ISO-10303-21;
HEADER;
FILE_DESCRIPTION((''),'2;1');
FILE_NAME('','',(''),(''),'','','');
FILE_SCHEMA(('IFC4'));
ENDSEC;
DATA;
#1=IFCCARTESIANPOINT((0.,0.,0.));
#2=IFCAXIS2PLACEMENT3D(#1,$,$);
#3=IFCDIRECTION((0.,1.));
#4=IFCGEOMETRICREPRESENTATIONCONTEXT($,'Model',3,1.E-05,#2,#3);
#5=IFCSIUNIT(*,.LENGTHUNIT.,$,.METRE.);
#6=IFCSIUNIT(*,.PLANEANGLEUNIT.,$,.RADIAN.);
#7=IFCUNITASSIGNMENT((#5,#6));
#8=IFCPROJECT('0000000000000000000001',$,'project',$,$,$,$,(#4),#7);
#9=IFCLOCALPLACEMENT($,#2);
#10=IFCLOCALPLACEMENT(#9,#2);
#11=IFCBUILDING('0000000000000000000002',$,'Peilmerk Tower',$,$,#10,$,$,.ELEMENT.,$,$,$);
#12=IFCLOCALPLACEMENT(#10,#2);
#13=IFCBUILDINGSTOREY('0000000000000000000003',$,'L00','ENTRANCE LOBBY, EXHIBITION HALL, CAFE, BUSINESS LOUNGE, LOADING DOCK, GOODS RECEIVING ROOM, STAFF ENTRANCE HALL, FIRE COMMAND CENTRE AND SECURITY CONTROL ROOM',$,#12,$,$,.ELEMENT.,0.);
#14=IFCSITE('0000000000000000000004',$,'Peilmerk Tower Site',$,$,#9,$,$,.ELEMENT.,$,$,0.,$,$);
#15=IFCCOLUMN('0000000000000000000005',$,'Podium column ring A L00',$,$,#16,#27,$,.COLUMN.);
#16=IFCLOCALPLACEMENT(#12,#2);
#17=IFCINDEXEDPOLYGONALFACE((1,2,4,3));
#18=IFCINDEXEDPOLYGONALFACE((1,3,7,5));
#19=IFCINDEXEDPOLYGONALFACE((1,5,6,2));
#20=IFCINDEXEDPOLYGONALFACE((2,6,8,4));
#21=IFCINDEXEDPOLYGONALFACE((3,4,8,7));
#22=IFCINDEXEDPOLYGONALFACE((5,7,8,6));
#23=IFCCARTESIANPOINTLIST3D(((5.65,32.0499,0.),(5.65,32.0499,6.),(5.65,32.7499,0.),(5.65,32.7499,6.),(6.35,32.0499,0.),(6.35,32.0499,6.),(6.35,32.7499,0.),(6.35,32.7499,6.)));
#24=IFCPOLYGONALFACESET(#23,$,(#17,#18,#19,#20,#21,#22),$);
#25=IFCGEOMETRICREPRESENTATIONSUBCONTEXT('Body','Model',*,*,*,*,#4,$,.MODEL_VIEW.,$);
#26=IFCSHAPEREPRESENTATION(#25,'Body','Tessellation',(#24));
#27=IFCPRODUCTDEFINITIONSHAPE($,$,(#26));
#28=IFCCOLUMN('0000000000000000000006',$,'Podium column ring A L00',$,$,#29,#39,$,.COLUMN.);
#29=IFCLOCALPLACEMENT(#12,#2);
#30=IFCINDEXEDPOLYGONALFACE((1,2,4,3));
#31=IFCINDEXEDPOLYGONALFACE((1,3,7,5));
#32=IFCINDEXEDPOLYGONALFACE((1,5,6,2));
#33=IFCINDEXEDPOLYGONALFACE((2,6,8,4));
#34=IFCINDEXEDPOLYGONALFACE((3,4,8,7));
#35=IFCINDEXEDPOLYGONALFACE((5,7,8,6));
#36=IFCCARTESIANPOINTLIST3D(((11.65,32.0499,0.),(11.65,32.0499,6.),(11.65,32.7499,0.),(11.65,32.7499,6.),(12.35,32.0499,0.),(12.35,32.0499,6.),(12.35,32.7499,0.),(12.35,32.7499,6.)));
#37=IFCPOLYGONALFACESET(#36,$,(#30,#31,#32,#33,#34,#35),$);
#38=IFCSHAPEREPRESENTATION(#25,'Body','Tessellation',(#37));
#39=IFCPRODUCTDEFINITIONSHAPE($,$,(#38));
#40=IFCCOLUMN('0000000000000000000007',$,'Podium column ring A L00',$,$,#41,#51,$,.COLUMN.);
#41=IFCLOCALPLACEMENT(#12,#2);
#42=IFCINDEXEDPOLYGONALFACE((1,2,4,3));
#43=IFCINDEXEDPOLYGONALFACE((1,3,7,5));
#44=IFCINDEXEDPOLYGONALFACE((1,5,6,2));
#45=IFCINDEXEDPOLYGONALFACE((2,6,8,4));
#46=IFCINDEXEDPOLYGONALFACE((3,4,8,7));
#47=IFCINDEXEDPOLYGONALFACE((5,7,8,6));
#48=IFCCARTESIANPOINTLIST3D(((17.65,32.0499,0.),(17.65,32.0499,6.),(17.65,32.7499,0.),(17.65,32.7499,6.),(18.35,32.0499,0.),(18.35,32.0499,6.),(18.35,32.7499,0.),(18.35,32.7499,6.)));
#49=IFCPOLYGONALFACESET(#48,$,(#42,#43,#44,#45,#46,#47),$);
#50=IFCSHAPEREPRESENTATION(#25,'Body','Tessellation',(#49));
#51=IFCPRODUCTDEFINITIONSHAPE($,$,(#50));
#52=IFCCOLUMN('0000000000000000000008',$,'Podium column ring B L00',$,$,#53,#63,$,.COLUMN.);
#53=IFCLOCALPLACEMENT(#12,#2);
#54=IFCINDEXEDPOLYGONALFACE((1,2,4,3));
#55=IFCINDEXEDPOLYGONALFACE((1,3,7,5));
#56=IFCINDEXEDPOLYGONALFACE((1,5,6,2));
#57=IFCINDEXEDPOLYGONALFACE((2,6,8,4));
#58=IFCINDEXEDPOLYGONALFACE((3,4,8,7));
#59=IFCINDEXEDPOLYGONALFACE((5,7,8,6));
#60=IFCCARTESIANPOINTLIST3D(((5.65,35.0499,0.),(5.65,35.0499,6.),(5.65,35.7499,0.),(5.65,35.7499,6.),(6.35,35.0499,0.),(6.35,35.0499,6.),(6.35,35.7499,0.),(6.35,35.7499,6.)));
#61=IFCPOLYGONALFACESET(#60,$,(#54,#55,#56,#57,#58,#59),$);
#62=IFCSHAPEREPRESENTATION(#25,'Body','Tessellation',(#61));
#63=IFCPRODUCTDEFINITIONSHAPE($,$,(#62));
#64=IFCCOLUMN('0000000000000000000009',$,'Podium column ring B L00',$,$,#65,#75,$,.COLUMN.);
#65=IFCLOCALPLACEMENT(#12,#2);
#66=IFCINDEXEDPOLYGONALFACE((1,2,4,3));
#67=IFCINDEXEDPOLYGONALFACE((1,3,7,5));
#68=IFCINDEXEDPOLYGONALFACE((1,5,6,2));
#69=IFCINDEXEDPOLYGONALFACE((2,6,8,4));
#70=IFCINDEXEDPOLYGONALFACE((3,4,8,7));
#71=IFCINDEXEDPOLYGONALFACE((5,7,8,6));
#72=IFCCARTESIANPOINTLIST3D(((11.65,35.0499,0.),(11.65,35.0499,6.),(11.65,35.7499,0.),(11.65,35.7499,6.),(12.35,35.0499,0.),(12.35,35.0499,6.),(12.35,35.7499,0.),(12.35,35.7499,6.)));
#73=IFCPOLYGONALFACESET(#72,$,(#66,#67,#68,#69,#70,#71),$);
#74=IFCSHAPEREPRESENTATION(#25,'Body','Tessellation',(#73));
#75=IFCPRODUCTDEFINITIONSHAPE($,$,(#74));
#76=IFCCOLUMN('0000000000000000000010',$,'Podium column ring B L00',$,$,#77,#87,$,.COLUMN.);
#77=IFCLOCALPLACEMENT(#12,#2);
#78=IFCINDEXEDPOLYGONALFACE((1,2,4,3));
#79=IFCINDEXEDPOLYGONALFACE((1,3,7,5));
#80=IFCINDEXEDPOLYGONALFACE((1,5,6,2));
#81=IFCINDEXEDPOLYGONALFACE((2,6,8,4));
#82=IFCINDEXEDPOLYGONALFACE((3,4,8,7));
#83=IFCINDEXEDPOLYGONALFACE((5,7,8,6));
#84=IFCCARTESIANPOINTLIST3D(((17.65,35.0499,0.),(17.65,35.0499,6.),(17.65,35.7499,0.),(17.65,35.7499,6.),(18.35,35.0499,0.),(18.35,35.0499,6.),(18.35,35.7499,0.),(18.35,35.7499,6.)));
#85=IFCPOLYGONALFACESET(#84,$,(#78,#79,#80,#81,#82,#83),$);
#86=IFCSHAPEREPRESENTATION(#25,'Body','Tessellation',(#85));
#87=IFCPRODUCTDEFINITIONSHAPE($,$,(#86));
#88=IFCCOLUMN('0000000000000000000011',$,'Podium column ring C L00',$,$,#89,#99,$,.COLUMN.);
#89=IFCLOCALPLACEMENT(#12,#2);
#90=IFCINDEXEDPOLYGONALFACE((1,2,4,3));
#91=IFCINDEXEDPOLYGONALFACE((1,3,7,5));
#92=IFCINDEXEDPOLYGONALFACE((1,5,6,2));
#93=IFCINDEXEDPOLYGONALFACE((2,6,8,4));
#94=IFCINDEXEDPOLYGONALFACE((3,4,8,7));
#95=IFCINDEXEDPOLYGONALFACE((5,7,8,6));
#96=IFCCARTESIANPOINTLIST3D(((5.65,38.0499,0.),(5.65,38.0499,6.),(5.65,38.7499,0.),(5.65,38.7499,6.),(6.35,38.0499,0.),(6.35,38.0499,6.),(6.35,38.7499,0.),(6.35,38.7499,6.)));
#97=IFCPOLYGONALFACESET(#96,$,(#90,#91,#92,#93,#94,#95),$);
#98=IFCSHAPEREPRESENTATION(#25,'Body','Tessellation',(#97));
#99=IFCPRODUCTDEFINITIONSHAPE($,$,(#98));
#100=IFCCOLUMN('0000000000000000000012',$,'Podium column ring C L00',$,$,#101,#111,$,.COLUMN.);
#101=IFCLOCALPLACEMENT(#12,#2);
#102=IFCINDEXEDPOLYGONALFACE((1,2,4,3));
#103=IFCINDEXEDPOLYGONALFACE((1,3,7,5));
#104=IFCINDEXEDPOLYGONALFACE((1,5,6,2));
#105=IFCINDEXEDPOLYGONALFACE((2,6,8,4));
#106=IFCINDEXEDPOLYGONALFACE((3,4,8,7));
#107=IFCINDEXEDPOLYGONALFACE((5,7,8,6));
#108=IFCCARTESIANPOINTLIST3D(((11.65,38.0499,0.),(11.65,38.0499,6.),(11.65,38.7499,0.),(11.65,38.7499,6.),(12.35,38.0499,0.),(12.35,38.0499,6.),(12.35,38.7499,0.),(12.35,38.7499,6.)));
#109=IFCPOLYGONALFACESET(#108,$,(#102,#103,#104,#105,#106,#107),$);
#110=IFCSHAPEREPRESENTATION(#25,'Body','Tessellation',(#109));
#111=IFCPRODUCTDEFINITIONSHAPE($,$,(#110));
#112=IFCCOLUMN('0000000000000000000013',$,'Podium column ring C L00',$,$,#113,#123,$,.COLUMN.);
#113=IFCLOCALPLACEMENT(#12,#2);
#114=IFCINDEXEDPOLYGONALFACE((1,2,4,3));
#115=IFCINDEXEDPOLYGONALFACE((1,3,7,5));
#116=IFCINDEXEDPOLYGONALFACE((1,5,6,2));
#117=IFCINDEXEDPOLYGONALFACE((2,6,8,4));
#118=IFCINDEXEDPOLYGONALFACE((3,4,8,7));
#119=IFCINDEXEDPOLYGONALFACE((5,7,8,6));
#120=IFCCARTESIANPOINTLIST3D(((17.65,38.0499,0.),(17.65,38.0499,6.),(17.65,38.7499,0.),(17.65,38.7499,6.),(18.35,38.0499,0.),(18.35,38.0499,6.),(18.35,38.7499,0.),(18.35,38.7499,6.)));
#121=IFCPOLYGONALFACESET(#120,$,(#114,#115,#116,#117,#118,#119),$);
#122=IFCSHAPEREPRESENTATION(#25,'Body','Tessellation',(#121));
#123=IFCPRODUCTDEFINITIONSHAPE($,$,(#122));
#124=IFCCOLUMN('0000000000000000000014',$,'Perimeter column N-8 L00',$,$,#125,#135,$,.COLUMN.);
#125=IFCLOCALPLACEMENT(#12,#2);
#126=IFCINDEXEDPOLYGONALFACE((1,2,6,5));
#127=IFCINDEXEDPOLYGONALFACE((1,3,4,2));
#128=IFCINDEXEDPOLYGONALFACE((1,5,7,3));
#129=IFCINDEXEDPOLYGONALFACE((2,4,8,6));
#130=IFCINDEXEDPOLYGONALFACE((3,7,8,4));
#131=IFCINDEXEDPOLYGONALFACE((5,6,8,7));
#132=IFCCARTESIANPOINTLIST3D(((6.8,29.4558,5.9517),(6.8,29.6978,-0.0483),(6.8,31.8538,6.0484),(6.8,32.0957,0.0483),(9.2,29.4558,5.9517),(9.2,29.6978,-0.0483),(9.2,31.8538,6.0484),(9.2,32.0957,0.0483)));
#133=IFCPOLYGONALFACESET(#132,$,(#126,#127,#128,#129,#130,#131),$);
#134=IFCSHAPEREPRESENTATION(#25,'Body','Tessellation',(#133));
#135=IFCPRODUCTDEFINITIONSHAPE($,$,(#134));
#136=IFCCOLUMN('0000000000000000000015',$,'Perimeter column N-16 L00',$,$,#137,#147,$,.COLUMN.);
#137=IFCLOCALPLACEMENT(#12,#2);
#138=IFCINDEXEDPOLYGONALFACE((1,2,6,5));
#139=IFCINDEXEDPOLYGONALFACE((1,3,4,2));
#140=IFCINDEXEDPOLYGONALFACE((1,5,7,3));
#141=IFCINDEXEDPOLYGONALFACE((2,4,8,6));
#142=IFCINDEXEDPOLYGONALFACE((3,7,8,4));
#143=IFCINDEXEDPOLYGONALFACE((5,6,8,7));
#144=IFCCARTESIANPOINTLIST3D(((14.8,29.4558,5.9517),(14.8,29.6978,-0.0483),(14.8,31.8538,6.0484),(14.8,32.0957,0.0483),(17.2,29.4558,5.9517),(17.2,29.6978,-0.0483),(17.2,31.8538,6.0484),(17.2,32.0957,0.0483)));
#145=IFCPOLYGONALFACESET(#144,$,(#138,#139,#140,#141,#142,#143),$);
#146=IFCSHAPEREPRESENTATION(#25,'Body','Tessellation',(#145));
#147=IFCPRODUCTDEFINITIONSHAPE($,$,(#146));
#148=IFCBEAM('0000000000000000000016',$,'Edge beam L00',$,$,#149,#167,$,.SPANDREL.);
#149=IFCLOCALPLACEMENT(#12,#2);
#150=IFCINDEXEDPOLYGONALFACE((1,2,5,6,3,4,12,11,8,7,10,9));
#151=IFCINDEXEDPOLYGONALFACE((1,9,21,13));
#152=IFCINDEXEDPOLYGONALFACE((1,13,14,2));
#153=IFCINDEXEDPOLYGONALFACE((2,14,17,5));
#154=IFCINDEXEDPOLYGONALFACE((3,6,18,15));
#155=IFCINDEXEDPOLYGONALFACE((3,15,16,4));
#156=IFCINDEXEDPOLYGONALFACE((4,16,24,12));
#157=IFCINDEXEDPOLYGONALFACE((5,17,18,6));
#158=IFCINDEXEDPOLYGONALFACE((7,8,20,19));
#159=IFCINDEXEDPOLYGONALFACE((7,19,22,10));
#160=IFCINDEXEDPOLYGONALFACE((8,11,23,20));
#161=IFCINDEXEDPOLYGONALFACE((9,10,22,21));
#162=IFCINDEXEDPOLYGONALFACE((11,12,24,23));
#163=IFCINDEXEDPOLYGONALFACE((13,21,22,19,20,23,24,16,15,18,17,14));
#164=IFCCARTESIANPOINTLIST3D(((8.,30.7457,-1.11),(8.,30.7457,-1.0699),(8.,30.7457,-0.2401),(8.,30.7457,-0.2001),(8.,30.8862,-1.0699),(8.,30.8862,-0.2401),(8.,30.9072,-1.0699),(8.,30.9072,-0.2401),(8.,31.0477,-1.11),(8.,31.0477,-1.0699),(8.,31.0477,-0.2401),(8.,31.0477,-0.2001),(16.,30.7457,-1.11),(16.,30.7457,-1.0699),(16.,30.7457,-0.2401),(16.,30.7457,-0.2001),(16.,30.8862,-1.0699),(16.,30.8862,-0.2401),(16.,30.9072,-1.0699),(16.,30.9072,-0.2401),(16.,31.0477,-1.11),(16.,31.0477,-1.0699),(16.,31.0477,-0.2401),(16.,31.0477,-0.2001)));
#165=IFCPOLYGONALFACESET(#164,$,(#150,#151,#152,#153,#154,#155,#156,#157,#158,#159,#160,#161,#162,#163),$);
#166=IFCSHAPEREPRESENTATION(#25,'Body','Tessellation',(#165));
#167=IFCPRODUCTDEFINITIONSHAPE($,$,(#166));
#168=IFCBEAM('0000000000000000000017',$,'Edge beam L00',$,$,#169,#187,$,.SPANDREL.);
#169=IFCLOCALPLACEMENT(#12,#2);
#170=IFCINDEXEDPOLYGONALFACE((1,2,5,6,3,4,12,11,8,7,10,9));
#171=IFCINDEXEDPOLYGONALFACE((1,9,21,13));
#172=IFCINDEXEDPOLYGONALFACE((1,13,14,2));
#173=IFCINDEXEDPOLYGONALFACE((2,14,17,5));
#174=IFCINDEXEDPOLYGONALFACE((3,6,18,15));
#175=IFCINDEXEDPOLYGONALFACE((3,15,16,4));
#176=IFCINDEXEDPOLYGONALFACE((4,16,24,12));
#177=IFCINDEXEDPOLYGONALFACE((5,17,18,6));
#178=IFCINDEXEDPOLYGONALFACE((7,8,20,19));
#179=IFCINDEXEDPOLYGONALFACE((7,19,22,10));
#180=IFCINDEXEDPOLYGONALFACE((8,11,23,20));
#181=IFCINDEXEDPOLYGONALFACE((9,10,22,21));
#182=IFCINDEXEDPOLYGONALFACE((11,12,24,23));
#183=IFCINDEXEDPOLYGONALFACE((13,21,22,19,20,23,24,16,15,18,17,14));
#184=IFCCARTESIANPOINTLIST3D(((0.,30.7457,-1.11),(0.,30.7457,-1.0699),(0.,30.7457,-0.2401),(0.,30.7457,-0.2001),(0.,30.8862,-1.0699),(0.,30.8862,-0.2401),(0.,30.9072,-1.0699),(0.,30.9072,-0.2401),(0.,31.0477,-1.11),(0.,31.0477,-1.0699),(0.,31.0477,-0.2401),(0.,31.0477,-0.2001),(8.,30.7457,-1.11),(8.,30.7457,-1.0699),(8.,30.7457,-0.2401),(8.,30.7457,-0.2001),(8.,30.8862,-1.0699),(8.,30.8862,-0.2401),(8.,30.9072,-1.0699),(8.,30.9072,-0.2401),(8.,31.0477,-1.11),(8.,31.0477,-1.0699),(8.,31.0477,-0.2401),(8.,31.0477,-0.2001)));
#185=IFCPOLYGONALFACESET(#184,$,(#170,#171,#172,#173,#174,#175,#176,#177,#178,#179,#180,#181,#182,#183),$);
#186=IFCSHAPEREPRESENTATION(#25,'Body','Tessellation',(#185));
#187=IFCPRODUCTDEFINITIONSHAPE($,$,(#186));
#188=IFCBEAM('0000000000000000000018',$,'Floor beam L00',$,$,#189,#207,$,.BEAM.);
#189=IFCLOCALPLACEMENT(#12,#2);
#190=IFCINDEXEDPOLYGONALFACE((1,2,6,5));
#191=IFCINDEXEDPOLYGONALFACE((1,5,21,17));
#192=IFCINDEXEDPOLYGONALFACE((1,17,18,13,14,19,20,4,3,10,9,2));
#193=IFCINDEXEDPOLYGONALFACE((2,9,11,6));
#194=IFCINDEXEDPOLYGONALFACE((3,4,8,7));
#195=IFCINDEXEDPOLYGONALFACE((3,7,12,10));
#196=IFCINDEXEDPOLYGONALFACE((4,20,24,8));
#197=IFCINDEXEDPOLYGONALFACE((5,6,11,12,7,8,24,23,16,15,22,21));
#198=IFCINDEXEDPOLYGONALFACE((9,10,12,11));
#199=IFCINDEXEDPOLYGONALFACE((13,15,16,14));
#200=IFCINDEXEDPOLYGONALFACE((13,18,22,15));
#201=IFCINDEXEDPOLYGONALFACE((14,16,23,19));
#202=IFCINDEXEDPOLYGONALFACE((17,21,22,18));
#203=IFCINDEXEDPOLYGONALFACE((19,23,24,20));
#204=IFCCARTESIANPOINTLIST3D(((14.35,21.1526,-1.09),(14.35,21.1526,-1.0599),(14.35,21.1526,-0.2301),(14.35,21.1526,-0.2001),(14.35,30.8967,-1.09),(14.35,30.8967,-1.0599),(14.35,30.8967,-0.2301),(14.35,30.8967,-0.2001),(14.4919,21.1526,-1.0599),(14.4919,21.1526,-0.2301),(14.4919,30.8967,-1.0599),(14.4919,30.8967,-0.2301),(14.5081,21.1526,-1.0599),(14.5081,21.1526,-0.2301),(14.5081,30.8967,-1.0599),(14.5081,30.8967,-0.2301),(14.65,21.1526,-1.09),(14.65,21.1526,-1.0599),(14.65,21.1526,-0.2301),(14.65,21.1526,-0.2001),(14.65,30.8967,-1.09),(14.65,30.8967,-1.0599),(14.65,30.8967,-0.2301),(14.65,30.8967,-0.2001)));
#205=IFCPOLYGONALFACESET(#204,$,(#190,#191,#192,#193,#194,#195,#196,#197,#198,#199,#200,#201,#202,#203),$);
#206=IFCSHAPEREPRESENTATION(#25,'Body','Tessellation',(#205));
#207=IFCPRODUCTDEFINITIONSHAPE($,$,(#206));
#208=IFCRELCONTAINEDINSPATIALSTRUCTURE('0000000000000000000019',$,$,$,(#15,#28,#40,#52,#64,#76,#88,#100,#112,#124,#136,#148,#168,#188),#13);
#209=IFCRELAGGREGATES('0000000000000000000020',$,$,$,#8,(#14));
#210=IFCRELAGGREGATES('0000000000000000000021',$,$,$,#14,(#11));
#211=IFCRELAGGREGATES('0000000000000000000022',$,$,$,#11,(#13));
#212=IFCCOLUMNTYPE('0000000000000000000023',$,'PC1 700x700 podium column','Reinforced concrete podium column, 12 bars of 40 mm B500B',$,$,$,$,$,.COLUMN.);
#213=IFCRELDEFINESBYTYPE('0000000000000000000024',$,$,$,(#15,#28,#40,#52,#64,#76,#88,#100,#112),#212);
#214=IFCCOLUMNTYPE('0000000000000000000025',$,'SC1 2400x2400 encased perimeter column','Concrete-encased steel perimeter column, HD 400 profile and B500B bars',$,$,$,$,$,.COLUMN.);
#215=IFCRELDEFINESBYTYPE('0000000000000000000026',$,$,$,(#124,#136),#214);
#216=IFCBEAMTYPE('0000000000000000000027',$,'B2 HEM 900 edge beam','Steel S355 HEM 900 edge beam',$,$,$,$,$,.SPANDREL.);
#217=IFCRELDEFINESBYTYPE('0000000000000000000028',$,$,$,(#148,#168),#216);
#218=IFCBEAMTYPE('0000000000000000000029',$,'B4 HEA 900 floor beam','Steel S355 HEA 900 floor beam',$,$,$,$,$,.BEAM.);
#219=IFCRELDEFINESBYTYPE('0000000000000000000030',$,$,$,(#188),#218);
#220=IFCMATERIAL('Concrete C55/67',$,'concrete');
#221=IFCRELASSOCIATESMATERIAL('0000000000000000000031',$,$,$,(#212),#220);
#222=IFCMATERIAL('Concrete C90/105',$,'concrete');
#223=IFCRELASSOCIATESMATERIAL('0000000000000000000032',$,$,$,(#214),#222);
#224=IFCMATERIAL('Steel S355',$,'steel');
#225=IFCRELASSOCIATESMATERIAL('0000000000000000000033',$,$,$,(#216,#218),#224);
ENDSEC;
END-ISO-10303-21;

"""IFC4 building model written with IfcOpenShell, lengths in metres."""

from ifc_helpers import new_model, si_unit, direction, frame, origin, origin_2d, place, context, subcontext, project, spatial, rectangle, i_section, extrude, material, material_profile, profile_set, type_object, element, save


model = new_model("IFC4")

# Units and contexts
model_context = context("Model", 3, precision=1e-05, world=origin(), true_north=direction((0.0, 1.0)))
body_context = subcontext(model_context, "Body", "Model", "MODEL_VIEW")
ifc_project = project(units=[si_unit("LENGTHUNIT", "METRE"), si_unit("PLANEANGLEUNIT", "RADIAN")], contexts=[model_context])

# Site, building, storey
site_placement = place(None, origin())
site = spatial("IfcSite", under=ifc_project, at=site_placement, Name="Peilmerk Tower Site", CompositionType="ELEMENT", RefElevation=0.0)
building_placement = place(site_placement, origin())
building = spatial("IfcBuilding", under=site, at=building_placement, Name="Peilmerk Tower", CompositionType="ELEMENT")
storey_placement = place(building_placement, origin())
storey = spatial("IfcBuildingStorey", under=building, at=storey_placement, Name="L00", Description="ENTRANCE LOBBY, EXHIBITION HALL, CAFE, BUSINESS LOUNGE, LOADING DOCK, GOODS RECEIVING ROOM, STAFF ENTRANCE HALL, FIRE COMMAND CENTRE AND SECURITY CONTROL ROOM", CompositionType="ELEMENT", Elevation=0.0)

# Columns
ifc_material_1 = material(Name="Concrete C55/67", Category="concrete")
ifc_material_profile_1 = material_profile(ifc_material_1, rectangle(XDim=0.7, YDim=0.7, at=origin_2d()), Name="RC 700x700")
ifc_profile_set_1 = profile_set([ifc_material_profile_1], Name="Concrete C55/67")
column_type_1 = type_object("IfcColumnType", Name="PC1 700x700 podium column", Description="Reinforced concrete podium column, 12 bars of 40 mm B500B", PredefinedType="COLUMN", material=ifc_profile_set_1)
for number, where, z_axis, x_axis, name in (
    (1, (6.0, 32.3999, 0.0), (0.0, 0.0, 1.0), (1.0, 0.0, 0.0), "Podium column ring A L00"),
    (2, (12.0, 32.3999, 0.0), (0.0, 0.0, 1.0), (1.0, 0.0, 0.0), "Podium column ring A L00"),
    (3, (18.0, 32.3999, 0.0), (0.0, 0.0, 1.0), (1.0, 0.0, 0.0), "Podium column ring A L00"),
    (4, (6.0, 35.3999, 0.0), (0.0, 0.0, 1.0), (1.0, 0.0, 0.0), "Podium column ring B L00"),
    (5, (12.0, 35.3999, 0.0), (0.0, 0.0, 1.0), (1.0, 0.0, 0.0), "Podium column ring B L00"),
    (6, (18.0, 35.3999, 0.0), (0.0, 0.0, 1.0), (1.0, 0.0, 0.0), "Podium column ring B L00"),
    (7, (6.0, 38.3999, 0.0), (0.0, 0.0, 1.0), (1.0, 0.0, 0.0), "Podium column ring C L00"),
    (8, (12.0, 38.3999, 0.0), (0.0, 0.0, 1.0), (1.0, 0.0, 0.0), "Podium column ring C L00"),
    (9, (18.0, 38.3999, 0.0), (0.0, 0.0, 1.0), (1.0, 0.0, 0.0), "Podium column ring C L00"),
):
    element("IfcColumn", number, at=place(storey_placement, frame(where, z_axis=z_axis, x_axis=x_axis)), inside=storey, type_object=column_type_1, Name=name, PredefinedType="COLUMN", context=body_context, shape_type="SweptSolid", body=[
        extrude(rectangle(XDim=0.7, YDim=0.7, at=origin_2d()), origin(), (0.0, 0.0, 1.0), 6.0),
    ])
ifc_material_2 = material(Name="Concrete C90/105", Category="concrete")
ifc_material_profile_2 = material_profile(ifc_material_2, rectangle(XDim=2.3999, YDim=2.3999, at=origin_2d()), Name="RC 2400x2400")
ifc_profile_set_2 = profile_set([ifc_material_profile_2], Name="Concrete C90/105")
column_type_2 = type_object("IfcColumnType", Name="SC1 2400x2400 encased perimeter column", Description="Concrete-encased steel perimeter column, HD 400 profile and B500B bars", PredefinedType="COLUMN", material=ifc_profile_set_2)
for number, where, z_axis, x_axis, name in (
    (10, (8.0, 30.8967, 0.0), (0.0, -0.040291, 0.999188), (1.0, 0.0, 0.0), "Perimeter column N-8 L00"),
    (11, (16.0, 30.8967, 0.0), (0.0, -0.040291, 0.999188), (1.0, 0.0, 0.0), "Perimeter column N-16 L00"),
):
    element("IfcColumn", number, at=place(storey_placement, frame(where, z_axis=z_axis, x_axis=x_axis)), inside=storey, type_object=column_type_2, Name=name, PredefinedType="COLUMN", context=body_context, shape_type="SweptSolid", body=[
        extrude(rectangle(XDim=2.3999, YDim=2.3999, at=origin_2d()), origin(), (0.0, 0.0, 1.0), 6.0049),
    ])

# Beams
ifc_material_3 = material(Name="Steel S355", Category="steel")
ifc_material_profile_3 = material_profile(ifc_material_3, i_section(OverallWidth=0.302, OverallDepth=0.9099, WebThickness=0.021, FlangeThickness=0.04, at=origin_2d()), Name="HEM 900")
ifc_profile_set_3 = profile_set([ifc_material_profile_3], Name="Steel S355")
beam_type_1 = type_object("IfcBeamType", Name="B2 HEM 900 edge beam", Description="Steel S355 HEM 900 edge beam", PredefinedType="SPANDREL", material=ifc_profile_set_3)
for number, where, z_axis, x_axis, name in (
    (12, (16.0, 30.8967, -0.655), (-1.0, 0.0, 0.0), (0.0, -1.0, 0.0), "Edge beam L00"),
    (13, (8.0, 30.8967, -0.655), (-1.0, 0.0, 0.0), (0.0, -1.0, 0.0), "Edge beam L00"),
):
    element("IfcBeam", number, at=place(storey_placement, frame(where, z_axis=z_axis, x_axis=x_axis)), inside=storey, type_object=beam_type_1, Name=name, PredefinedType="SPANDREL", context=body_context, shape_type="SweptSolid", body=[
        extrude(i_section(OverallWidth=0.302, OverallDepth=0.9099, WebThickness=0.021, FlangeThickness=0.04, at=origin_2d()), origin(), (0.0, 0.0, 1.0), 8.0),
    ])
ifc_material_profile_4 = material_profile(ifc_material_3, i_section(OverallWidth=0.3, OverallDepth=0.8899, WebThickness=0.0161, FlangeThickness=0.03, at=origin_2d()), Name="HEA 900")
ifc_profile_set_4 = profile_set([ifc_material_profile_4], Name="Steel S355")
beam_type_2 = type_object("IfcBeamType", Name="B4 HEA 900 floor beam", Description="Steel S355 HEA 900 floor beam", PredefinedType="BEAM", material=ifc_profile_set_4)
for number, where, z_axis, x_axis, name in (
    (14, (14.5, 21.1526, -0.645), (0.0, 1.0, 0.0), (-1.0, 0.0, 0.0), "Floor beam L00"),
):
    element("IfcBeam", number, at=place(storey_placement, frame(where, z_axis=z_axis, x_axis=x_axis)), inside=storey, type_object=beam_type_2, Name=name, PredefinedType="BEAM", context=body_context, shape_type="SweptSolid", body=[
        extrude(i_section(OverallWidth=0.3, OverallDepth=0.8899, WebThickness=0.0161, FlangeThickness=0.03, at=origin_2d()), origin(), (0.0, 0.0, 1.0), 9.7441),
    ])

save(model, "model.ifc")
